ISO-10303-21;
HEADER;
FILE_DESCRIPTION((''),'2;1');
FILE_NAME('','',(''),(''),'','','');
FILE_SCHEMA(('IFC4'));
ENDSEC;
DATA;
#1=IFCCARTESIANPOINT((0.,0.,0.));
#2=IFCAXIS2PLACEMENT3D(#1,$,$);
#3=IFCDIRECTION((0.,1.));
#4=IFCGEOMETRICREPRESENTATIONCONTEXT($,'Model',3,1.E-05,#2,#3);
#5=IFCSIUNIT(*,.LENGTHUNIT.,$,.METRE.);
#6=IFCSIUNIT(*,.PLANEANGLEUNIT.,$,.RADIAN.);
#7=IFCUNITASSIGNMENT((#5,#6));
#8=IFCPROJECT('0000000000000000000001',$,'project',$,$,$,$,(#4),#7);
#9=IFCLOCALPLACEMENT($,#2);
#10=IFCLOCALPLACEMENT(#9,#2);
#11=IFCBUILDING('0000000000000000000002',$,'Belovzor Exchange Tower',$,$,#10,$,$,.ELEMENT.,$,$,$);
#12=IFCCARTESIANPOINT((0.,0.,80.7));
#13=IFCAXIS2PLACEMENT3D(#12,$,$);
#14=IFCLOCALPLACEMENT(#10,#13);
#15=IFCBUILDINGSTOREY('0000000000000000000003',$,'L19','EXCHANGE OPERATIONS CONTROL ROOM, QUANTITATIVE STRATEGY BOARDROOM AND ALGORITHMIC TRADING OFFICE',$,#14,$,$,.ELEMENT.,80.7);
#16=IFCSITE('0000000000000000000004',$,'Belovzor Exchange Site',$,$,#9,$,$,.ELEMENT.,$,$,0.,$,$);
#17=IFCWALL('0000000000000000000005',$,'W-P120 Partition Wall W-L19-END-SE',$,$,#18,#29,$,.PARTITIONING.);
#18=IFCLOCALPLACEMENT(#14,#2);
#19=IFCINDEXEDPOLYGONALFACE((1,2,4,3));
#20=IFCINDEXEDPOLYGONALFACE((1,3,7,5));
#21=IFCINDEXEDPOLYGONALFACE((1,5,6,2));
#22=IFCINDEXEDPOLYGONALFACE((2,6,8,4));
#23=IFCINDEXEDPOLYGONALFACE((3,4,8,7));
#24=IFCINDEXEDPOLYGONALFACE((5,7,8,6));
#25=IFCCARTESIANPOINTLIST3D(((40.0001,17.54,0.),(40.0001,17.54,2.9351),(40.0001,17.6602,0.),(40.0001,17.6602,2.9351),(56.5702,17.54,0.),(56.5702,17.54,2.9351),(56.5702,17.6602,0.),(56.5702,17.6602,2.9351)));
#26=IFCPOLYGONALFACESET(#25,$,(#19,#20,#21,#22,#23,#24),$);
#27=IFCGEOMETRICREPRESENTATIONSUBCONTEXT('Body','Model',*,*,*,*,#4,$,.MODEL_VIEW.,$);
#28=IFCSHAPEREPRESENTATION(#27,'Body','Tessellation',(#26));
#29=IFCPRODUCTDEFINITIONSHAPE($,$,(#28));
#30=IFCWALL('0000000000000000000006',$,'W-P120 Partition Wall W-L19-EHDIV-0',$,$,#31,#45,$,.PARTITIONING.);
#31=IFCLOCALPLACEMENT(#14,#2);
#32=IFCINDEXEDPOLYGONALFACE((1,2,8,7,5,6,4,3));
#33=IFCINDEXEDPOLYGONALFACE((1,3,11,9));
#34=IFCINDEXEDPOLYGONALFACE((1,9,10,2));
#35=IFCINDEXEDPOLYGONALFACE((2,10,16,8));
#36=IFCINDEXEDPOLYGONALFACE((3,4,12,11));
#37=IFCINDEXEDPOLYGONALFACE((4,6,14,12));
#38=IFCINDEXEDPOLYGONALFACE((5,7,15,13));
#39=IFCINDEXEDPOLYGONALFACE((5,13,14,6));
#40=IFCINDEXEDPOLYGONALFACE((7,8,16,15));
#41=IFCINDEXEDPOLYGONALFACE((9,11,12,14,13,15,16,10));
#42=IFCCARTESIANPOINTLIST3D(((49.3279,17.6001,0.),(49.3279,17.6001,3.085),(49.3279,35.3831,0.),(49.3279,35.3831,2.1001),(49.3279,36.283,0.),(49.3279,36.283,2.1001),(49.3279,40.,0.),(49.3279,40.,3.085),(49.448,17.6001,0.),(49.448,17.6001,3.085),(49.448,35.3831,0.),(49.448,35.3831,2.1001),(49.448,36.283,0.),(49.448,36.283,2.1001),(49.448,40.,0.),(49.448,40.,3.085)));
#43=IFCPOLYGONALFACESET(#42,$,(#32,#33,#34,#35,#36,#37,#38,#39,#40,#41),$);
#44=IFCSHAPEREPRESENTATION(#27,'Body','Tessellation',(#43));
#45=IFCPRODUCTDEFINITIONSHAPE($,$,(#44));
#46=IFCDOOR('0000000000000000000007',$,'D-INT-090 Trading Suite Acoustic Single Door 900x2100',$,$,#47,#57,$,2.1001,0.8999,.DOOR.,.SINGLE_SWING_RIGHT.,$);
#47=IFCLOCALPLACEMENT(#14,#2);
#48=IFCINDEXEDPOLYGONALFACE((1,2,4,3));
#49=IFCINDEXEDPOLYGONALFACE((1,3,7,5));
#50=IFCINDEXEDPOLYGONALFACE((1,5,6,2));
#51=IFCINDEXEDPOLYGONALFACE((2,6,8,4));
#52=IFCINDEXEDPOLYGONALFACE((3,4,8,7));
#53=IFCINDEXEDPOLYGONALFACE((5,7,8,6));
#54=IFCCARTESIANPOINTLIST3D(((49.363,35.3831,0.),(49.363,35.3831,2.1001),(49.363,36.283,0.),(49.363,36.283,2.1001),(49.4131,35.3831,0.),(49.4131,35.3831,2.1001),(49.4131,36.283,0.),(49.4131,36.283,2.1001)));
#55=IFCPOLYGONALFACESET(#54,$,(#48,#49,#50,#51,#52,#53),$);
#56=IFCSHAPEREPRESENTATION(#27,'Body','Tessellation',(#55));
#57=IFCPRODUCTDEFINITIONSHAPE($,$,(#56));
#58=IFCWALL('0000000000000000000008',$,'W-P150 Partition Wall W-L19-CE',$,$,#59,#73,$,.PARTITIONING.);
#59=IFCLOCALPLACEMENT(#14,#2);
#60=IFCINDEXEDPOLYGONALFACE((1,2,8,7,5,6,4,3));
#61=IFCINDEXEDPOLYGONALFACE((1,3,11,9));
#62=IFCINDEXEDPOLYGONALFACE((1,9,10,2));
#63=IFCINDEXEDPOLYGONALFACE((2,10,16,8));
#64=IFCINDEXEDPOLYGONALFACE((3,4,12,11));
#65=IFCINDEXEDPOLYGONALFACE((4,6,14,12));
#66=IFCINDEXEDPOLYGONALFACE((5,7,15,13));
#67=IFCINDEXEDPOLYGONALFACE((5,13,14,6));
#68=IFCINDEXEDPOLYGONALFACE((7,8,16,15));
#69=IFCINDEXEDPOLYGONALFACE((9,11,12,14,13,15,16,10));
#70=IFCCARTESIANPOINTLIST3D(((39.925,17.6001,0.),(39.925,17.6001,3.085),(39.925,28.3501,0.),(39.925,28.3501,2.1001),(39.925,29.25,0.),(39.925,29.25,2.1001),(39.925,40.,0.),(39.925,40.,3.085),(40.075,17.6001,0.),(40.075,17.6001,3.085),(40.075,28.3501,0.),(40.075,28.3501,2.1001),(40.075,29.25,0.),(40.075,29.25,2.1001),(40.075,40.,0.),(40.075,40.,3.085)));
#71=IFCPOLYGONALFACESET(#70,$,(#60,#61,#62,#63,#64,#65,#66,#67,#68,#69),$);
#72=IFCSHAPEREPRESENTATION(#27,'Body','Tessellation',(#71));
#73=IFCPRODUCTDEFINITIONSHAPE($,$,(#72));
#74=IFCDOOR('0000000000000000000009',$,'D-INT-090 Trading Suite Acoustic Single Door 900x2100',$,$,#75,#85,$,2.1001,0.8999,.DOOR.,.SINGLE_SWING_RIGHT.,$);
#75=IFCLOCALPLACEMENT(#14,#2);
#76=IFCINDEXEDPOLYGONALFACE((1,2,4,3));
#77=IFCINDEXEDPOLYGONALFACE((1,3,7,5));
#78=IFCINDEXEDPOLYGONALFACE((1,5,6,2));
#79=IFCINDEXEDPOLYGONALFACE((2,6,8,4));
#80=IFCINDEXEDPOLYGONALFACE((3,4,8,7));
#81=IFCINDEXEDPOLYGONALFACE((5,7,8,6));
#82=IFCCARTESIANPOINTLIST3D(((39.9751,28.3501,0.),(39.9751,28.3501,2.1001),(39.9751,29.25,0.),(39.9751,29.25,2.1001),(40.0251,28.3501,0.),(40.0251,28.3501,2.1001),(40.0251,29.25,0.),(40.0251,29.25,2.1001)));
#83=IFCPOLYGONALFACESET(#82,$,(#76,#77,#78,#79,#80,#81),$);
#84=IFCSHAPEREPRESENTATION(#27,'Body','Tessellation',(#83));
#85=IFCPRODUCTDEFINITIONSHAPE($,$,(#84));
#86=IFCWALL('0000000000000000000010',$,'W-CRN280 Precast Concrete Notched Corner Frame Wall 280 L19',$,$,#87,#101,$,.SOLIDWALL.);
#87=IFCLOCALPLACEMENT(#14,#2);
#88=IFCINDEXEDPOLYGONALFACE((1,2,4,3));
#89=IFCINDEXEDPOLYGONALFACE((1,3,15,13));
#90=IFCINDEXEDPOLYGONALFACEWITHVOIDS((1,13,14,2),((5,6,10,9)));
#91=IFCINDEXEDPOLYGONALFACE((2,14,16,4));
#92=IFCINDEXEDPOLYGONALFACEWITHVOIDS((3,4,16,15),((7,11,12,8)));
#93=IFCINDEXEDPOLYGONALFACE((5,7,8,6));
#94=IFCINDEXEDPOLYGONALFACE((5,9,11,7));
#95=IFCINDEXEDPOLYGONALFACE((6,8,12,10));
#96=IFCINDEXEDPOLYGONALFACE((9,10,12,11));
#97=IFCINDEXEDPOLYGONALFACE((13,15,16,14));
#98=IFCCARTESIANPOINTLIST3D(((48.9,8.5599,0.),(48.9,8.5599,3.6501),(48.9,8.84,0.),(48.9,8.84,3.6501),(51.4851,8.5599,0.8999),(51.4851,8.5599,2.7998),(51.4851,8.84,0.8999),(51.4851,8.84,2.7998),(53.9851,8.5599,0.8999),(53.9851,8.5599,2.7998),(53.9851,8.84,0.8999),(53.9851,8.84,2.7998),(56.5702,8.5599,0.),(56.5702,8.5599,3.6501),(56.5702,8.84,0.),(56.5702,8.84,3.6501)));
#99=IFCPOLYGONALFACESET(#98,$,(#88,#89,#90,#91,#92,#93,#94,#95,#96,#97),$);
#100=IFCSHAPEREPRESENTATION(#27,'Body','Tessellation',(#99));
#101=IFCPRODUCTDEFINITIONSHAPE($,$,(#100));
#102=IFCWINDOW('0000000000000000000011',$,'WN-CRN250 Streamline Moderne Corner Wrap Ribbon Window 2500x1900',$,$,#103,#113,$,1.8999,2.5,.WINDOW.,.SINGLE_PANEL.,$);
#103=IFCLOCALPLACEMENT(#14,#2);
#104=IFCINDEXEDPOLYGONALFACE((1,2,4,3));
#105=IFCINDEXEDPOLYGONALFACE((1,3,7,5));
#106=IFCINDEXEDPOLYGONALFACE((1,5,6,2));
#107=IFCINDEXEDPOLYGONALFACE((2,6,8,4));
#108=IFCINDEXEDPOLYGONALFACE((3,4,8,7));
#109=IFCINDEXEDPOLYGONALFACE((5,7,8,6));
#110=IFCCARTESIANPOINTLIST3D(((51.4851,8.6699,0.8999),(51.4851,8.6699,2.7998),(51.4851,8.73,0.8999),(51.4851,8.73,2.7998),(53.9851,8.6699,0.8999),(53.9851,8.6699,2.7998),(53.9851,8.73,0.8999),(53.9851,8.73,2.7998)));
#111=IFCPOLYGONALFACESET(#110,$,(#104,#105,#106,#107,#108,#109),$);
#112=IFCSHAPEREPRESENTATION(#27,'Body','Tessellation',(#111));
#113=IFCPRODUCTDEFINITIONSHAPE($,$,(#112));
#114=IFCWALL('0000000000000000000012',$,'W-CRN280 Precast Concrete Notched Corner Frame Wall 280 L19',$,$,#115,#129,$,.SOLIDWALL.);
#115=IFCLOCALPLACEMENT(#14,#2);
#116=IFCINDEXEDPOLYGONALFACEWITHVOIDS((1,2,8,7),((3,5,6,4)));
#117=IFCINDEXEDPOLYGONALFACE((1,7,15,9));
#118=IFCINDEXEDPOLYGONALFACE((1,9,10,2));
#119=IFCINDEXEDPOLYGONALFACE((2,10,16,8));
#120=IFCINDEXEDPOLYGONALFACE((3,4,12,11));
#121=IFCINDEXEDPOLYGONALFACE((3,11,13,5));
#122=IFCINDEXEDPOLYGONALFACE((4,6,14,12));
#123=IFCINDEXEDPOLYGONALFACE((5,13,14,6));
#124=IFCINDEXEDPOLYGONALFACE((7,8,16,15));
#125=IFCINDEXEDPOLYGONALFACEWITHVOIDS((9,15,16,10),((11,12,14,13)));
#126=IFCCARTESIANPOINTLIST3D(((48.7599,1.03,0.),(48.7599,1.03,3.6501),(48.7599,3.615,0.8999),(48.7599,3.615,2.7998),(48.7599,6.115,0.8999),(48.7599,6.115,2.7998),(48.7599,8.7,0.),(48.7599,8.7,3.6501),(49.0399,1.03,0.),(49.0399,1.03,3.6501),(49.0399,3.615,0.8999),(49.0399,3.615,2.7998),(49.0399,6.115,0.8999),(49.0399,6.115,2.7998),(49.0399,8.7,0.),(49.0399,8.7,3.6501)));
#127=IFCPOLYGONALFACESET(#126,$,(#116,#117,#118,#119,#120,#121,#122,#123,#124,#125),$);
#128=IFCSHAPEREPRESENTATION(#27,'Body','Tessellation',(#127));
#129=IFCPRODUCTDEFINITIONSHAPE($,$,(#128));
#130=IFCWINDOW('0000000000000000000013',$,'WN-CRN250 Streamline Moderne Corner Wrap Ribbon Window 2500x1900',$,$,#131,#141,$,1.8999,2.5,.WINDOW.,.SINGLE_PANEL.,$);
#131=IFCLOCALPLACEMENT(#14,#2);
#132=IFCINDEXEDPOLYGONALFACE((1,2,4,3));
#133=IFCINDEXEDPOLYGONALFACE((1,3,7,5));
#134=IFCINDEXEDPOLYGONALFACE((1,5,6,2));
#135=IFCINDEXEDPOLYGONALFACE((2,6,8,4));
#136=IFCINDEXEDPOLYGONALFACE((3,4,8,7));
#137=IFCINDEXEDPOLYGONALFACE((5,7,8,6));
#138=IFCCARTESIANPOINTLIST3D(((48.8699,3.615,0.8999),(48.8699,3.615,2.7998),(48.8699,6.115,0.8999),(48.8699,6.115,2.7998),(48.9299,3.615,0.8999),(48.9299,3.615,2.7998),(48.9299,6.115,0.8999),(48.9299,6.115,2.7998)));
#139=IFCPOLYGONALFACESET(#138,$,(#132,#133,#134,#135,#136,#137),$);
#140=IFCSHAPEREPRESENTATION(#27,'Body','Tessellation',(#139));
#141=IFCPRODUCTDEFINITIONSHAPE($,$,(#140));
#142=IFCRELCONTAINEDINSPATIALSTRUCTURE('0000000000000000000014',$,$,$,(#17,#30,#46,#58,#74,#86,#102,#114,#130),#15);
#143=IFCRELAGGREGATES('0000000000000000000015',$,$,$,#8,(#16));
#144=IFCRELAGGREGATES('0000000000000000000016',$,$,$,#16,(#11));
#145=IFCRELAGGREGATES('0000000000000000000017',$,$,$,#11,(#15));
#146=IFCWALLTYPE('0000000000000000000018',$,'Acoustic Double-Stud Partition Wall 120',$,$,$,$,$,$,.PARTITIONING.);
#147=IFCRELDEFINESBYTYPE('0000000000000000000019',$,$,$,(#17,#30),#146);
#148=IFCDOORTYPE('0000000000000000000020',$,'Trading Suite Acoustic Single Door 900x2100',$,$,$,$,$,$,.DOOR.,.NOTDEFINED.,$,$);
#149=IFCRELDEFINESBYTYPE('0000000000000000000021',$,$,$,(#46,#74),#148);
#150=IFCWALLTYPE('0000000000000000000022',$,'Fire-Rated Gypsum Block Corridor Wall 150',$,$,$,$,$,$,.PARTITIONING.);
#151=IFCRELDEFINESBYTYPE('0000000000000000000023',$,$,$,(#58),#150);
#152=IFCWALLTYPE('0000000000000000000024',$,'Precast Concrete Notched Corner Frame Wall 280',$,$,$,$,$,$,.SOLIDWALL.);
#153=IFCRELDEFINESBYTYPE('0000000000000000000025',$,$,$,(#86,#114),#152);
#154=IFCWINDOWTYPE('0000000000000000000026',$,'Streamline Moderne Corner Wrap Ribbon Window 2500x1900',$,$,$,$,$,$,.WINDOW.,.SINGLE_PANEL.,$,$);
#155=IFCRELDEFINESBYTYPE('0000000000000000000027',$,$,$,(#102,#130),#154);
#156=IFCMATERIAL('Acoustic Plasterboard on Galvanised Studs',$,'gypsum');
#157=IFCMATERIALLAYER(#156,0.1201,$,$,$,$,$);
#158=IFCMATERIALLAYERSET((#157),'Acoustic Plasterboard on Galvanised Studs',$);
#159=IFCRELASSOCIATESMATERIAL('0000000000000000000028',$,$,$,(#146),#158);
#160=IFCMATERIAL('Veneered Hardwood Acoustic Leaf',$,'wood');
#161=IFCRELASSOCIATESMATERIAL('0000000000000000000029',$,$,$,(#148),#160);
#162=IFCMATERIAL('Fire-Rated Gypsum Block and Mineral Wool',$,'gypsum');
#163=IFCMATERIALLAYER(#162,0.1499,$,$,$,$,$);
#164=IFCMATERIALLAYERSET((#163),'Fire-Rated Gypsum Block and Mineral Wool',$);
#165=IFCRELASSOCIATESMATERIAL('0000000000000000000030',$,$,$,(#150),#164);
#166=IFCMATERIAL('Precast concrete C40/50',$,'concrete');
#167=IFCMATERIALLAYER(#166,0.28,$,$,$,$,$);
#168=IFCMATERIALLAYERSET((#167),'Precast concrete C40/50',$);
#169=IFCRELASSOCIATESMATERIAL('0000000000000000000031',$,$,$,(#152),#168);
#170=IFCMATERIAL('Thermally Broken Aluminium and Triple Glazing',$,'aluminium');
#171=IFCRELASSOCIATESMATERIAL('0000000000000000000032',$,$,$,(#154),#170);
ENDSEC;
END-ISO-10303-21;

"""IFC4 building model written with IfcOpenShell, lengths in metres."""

from ifc_helpers import new_model, si_unit, direction, frame, frame_2d, origin, place, context, subcontext, project, spatial, rectangle, extrude, material, layer, layer_set, type_object, element, fill, save


model = new_model("IFC4")

# Units and contexts
model_context = context("Model", 3, precision=1e-05, world=origin(), true_north=direction((0.0, 1.0)))
body_context = subcontext(model_context, "Body", "Model", "MODEL_VIEW")
ifc_project = project(units=[si_unit("LENGTHUNIT", "METRE"), si_unit("PLANEANGLEUNIT", "RADIAN")], contexts=[model_context])

# Site, building, storey
site_placement = place(None, origin())
site = spatial("IfcSite", under=ifc_project, at=site_placement, Name="Belovzor Exchange Site", CompositionType="ELEMENT", RefElevation=0.0)
building_placement = place(site_placement, origin())
building = spatial("IfcBuilding", under=site, at=building_placement, Name="Belovzor Exchange Tower", CompositionType="ELEMENT")
storey_placement = place(building_placement, frame((0.0, 0.0, 80.7)))
storey = spatial("IfcBuildingStorey", under=building, at=storey_placement, Name="L19", Description="EXCHANGE OPERATIONS CONTROL ROOM, QUANTITATIVE STRATEGY BOARDROOM AND ALGORITHMIC TRADING OFFICE", CompositionType="ELEMENT", Elevation=80.7)

# Wall
ifc_material_1 = material(Name="Acoustic Plasterboard on Galvanised Studs", Category="gypsum")
ifc_layer_1 = layer(ifc_material_1, 0.1201)
ifc_layer_set_1 = layer_set([ifc_layer_1], Name="Acoustic Plasterboard on Galvanised Studs")
wall_type_1 = type_object("IfcWallType", Name="Acoustic Double-Stud Partition Wall 120", PredefinedType="PARTITIONING", material=ifc_layer_set_1)
wall_1_placement = place(storey_placement, frame((40.0, 17.6001, 0.0), z_axis=(0.0, 0.0, 1.0), x_axis=(1.0, 0.0, 0.0)))
element("IfcWall", 1, at=wall_1_placement, inside=storey, type_object=wall_type_1, Name="W-P120 Partition Wall W-L19-END-SE", PredefinedType="PARTITIONING", context=body_context, shape_type="SweptSolid", body=[
    extrude(rectangle(XDim=16.5701, YDim=0.1201, at=frame_2d((8.2852, 0.0))), origin(), (0.0, 0.0, 1.0), 2.9351),
])

# Walls, openings, doors
wall_2_placement = place(storey_placement, frame((49.3879, 17.6001, 0.0), z_axis=(0.0, 0.0, 1.0), x_axis=(0.0, 1.0, 0.0)))
wall_2 = element("IfcWall", 2, at=wall_2_placement, inside=storey, type_object=wall_type_1, Name="W-P120 Partition Wall W-L19-EHDIV-0", PredefinedType="PARTITIONING", context=body_context, shape_type="SweptSolid", body=[
    extrude(rectangle(XDim=22.3999, YDim=0.1201, at=frame_2d((11.2, 0.0))), origin(), (0.0, 0.0, 1.0), 3.085),
])
opening_1_placement = place(wall_2_placement, frame((17.783, 0.0, 0.0)))
opening_1 = element("IfcOpeningElement", 3, at=opening_1_placement, cuts=wall_2, PredefinedType="OPENING", context=body_context, shape_type="SweptSolid", body=[
    extrude(rectangle(XDim=0.8999, YDim=2.1001, at=frame_2d((0.45, 1.05))), frame((0.0, 0.0701, 0.0), z_axis=(0.0, -1.0, 0.0), x_axis=(1.0, 0.0, 0.0)), (0.0, 0.0, 1.0), 0.1401),
])
ifc_material_2 = material(Name="Veneered Hardwood Acoustic Leaf", Category="wood")
door_type_1 = type_object("IfcDoorType", Name="Trading Suite Acoustic Single Door 900x2100", OperationType="NOTDEFINED", PredefinedType="DOOR", material=ifc_material_2)
door_1_placement = place(opening_1_placement, origin())
door_1 = element("IfcDoor", 4, at=door_1_placement, inside=storey, type_object=door_type_1, Name="D-INT-090 Trading Suite Acoustic Single Door 900x2100", OperationType="SINGLE_SWING_RIGHT", OverallHeight=2.1001, OverallWidth=0.8999, PredefinedType="DOOR", context=body_context, shape_type="SweptSolid", body=[
    extrude(rectangle(XDim=0.8999, YDim=2.1001, at=frame_2d((0.45, 1.05))), frame((0.0, 0.0249, 0.0), z_axis=(0.0, -1.0, 0.0), x_axis=(1.0, 0.0, 0.0)), (0.0, 0.0, 1.0), 0.05),
])
fill(opening_1, door_1)
ifc_material_3 = material(Name="Fire-Rated Gypsum Block and Mineral Wool", Category="gypsum")
ifc_layer_2 = layer(ifc_material_3, 0.1499)
ifc_layer_set_2 = layer_set([ifc_layer_2], Name="Fire-Rated Gypsum Block and Mineral Wool")
wall_type_2 = type_object("IfcWallType", Name="Fire-Rated Gypsum Block Corridor Wall 150", PredefinedType="PARTITIONING", material=ifc_layer_set_2)
wall_3_placement = place(storey_placement, frame((40.0, 17.6001, 0.0), z_axis=(0.0, 0.0, 1.0), x_axis=(0.0, 1.0, 0.0)))
wall_3 = element("IfcWall", 5, at=wall_3_placement, inside=storey, type_object=wall_type_2, Name="W-P150 Partition Wall W-L19-CE", PredefinedType="PARTITIONING", context=body_context, shape_type="SweptSolid", body=[
    extrude(rectangle(XDim=22.3999, YDim=0.1499, at=frame_2d((11.2, 0.0))), origin(), (0.0, 0.0, 1.0), 3.085),
])
opening_2_placement = place(wall_3_placement, frame((10.75, 0.0, 0.0)))
opening_2 = element("IfcOpeningElement", 6, at=opening_2_placement, cuts=wall_3, PredefinedType="OPENING", context=body_context, shape_type="SweptSolid", body=[
    extrude(rectangle(XDim=0.8999, YDim=2.1001, at=frame_2d((0.45, 1.05))), frame((0.0, 0.085, 0.0), z_axis=(0.0, -1.0, 0.0), x_axis=(1.0, 0.0, 0.0)), (0.0, 0.0, 1.0), 0.1699),
])
door_2_placement = place(opening_2_placement, origin())
door_2 = element("IfcDoor", 7, at=door_2_placement, inside=storey, type_object=door_type_1, Name="D-INT-090 Trading Suite Acoustic Single Door 900x2100", OperationType="SINGLE_SWING_RIGHT", OverallHeight=2.1001, OverallWidth=0.8999, PredefinedType="DOOR", context=body_context, shape_type="SweptSolid", body=[
    extrude(rectangle(XDim=0.8999, YDim=2.1001, at=frame_2d((0.45, 1.05))), frame((0.0, 0.0249, 0.0), z_axis=(0.0, -1.0, 0.0), x_axis=(1.0, 0.0, 0.0)), (0.0, 0.0, 1.0), 0.05),
])
fill(opening_2, door_2)

# Walls, openings, windows
ifc_material_4 = material(Name="Precast concrete C40/50", Category="concrete")
ifc_layer_3 = layer(ifc_material_4, 0.28)
ifc_layer_set_3 = layer_set([ifc_layer_3], Name="Precast concrete C40/50")
wall_type_3 = type_object("IfcWallType", Name="Precast Concrete Notched Corner Frame Wall 280", PredefinedType="SOLIDWALL", material=ifc_layer_set_3)
wall_4_placement = place(storey_placement, frame((56.5701, 8.7, 0.0), z_axis=(0.0, 0.0, 1.0), x_axis=(-1.0, 0.0, 0.0)))
wall_4 = element("IfcWall", 8, at=wall_4_placement, inside=storey, type_object=wall_type_3, Name="W-CRN280 Precast Concrete Notched Corner Frame Wall 280 L19", PredefinedType="SOLIDWALL", context=body_context, shape_type="SweptSolid", body=[
    extrude(rectangle(XDim=7.6702, YDim=0.28, at=frame_2d((3.835, 0.0))), origin(), (0.0, 0.0, 1.0), 3.6501),
])
opening_3_placement = place(wall_4_placement, frame((2.585, 0.0, 0.8999)))
opening_3 = element("IfcOpeningElement", 9, at=opening_3_placement, cuts=wall_4, PredefinedType="OPENING", context=body_context, shape_type="SweptSolid", body=[
    extrude(rectangle(XDim=2.5, YDim=1.8999, at=frame_2d((1.25, 0.95))), frame((0.0, 0.1499, 0.0), z_axis=(0.0, -1.0, 0.0), x_axis=(1.0, 0.0, 0.0)), (0.0, 0.0, 1.0), 0.3),
])
ifc_material_5 = material(Name="Thermally Broken Aluminium and Triple Glazing", Category="aluminium")
window_type = type_object("IfcWindowType", Name="Streamline Moderne Corner Wrap Ribbon Window 2500x1900", PartitioningType="SINGLE_PANEL", PredefinedType="WINDOW", material=ifc_material_5)
window_1_placement = place(opening_3_placement, origin())
window_1 = element("IfcWindow", 10, at=window_1_placement, inside=storey, type_object=window_type, Name="WN-CRN250 Streamline Moderne Corner Wrap Ribbon Window 2500x1900", OverallHeight=1.8999, OverallWidth=2.5, PartitioningType="SINGLE_PANEL", PredefinedType="WINDOW", context=body_context, shape_type="SweptSolid", body=[
    extrude(rectangle(XDim=2.5, YDim=1.8999, at=frame_2d((1.25, 0.95))), frame((0.0, 0.03, 0.0), z_axis=(0.0, -1.0, 0.0), x_axis=(1.0, 0.0, 0.0)), (0.0, 0.0, 1.0), 0.0601),
])
fill(opening_3, window_1)
wall_5_placement = place(storey_placement, frame((48.8999, 8.7, 0.0), z_axis=(0.0, 0.0, 1.0), x_axis=(0.0, -1.0, 0.0)))
wall_5 = element("IfcWall", 11, at=wall_5_placement, inside=storey, type_object=wall_type_3, Name="W-CRN280 Precast Concrete Notched Corner Frame Wall 280 L19", PredefinedType="SOLIDWALL", context=body_context, shape_type="SweptSolid", body=[
    extrude(rectangle(XDim=7.6699, YDim=0.28, at=frame_2d((3.835, 0.0))), origin(), (0.0, 0.0, 1.0), 3.6501),
])
opening_4_placement = place(wall_5_placement, frame((2.585, 0.0, 0.8999)))
opening_4 = element("IfcOpeningElement", 12, at=opening_4_placement, cuts=wall_5, PredefinedType="OPENING", context=body_context, shape_type="SweptSolid", body=[
    extrude(rectangle(XDim=2.5, YDim=1.8999, at=frame_2d((1.25, 0.95))), frame((0.0, 0.1499, 0.0), z_axis=(0.0, -1.0, 0.0), x_axis=(1.0, 0.0, 0.0)), (0.0, 0.0, 1.0), 0.3),
])
window_2_placement = place(opening_4_placement, origin())
window_2 = element("IfcWindow", 13, at=window_2_placement, inside=storey, type_object=window_type, Name="WN-CRN250 Streamline Moderne Corner Wrap Ribbon Window 2500x1900", OverallHeight=1.8999, OverallWidth=2.5, PartitioningType="SINGLE_PANEL", PredefinedType="WINDOW", context=body_context, shape_type="SweptSolid", body=[
    extrude(rectangle(XDim=2.5, YDim=1.8999, at=frame_2d((1.25, 0.95))), frame((0.0, 0.03, 0.0), z_axis=(0.0, -1.0, 0.0), x_axis=(1.0, 0.0, 0.0)), (0.0, 0.0, 1.0), 0.0601),
])
fill(opening_4, window_2)

save(model, "model.ifc")
